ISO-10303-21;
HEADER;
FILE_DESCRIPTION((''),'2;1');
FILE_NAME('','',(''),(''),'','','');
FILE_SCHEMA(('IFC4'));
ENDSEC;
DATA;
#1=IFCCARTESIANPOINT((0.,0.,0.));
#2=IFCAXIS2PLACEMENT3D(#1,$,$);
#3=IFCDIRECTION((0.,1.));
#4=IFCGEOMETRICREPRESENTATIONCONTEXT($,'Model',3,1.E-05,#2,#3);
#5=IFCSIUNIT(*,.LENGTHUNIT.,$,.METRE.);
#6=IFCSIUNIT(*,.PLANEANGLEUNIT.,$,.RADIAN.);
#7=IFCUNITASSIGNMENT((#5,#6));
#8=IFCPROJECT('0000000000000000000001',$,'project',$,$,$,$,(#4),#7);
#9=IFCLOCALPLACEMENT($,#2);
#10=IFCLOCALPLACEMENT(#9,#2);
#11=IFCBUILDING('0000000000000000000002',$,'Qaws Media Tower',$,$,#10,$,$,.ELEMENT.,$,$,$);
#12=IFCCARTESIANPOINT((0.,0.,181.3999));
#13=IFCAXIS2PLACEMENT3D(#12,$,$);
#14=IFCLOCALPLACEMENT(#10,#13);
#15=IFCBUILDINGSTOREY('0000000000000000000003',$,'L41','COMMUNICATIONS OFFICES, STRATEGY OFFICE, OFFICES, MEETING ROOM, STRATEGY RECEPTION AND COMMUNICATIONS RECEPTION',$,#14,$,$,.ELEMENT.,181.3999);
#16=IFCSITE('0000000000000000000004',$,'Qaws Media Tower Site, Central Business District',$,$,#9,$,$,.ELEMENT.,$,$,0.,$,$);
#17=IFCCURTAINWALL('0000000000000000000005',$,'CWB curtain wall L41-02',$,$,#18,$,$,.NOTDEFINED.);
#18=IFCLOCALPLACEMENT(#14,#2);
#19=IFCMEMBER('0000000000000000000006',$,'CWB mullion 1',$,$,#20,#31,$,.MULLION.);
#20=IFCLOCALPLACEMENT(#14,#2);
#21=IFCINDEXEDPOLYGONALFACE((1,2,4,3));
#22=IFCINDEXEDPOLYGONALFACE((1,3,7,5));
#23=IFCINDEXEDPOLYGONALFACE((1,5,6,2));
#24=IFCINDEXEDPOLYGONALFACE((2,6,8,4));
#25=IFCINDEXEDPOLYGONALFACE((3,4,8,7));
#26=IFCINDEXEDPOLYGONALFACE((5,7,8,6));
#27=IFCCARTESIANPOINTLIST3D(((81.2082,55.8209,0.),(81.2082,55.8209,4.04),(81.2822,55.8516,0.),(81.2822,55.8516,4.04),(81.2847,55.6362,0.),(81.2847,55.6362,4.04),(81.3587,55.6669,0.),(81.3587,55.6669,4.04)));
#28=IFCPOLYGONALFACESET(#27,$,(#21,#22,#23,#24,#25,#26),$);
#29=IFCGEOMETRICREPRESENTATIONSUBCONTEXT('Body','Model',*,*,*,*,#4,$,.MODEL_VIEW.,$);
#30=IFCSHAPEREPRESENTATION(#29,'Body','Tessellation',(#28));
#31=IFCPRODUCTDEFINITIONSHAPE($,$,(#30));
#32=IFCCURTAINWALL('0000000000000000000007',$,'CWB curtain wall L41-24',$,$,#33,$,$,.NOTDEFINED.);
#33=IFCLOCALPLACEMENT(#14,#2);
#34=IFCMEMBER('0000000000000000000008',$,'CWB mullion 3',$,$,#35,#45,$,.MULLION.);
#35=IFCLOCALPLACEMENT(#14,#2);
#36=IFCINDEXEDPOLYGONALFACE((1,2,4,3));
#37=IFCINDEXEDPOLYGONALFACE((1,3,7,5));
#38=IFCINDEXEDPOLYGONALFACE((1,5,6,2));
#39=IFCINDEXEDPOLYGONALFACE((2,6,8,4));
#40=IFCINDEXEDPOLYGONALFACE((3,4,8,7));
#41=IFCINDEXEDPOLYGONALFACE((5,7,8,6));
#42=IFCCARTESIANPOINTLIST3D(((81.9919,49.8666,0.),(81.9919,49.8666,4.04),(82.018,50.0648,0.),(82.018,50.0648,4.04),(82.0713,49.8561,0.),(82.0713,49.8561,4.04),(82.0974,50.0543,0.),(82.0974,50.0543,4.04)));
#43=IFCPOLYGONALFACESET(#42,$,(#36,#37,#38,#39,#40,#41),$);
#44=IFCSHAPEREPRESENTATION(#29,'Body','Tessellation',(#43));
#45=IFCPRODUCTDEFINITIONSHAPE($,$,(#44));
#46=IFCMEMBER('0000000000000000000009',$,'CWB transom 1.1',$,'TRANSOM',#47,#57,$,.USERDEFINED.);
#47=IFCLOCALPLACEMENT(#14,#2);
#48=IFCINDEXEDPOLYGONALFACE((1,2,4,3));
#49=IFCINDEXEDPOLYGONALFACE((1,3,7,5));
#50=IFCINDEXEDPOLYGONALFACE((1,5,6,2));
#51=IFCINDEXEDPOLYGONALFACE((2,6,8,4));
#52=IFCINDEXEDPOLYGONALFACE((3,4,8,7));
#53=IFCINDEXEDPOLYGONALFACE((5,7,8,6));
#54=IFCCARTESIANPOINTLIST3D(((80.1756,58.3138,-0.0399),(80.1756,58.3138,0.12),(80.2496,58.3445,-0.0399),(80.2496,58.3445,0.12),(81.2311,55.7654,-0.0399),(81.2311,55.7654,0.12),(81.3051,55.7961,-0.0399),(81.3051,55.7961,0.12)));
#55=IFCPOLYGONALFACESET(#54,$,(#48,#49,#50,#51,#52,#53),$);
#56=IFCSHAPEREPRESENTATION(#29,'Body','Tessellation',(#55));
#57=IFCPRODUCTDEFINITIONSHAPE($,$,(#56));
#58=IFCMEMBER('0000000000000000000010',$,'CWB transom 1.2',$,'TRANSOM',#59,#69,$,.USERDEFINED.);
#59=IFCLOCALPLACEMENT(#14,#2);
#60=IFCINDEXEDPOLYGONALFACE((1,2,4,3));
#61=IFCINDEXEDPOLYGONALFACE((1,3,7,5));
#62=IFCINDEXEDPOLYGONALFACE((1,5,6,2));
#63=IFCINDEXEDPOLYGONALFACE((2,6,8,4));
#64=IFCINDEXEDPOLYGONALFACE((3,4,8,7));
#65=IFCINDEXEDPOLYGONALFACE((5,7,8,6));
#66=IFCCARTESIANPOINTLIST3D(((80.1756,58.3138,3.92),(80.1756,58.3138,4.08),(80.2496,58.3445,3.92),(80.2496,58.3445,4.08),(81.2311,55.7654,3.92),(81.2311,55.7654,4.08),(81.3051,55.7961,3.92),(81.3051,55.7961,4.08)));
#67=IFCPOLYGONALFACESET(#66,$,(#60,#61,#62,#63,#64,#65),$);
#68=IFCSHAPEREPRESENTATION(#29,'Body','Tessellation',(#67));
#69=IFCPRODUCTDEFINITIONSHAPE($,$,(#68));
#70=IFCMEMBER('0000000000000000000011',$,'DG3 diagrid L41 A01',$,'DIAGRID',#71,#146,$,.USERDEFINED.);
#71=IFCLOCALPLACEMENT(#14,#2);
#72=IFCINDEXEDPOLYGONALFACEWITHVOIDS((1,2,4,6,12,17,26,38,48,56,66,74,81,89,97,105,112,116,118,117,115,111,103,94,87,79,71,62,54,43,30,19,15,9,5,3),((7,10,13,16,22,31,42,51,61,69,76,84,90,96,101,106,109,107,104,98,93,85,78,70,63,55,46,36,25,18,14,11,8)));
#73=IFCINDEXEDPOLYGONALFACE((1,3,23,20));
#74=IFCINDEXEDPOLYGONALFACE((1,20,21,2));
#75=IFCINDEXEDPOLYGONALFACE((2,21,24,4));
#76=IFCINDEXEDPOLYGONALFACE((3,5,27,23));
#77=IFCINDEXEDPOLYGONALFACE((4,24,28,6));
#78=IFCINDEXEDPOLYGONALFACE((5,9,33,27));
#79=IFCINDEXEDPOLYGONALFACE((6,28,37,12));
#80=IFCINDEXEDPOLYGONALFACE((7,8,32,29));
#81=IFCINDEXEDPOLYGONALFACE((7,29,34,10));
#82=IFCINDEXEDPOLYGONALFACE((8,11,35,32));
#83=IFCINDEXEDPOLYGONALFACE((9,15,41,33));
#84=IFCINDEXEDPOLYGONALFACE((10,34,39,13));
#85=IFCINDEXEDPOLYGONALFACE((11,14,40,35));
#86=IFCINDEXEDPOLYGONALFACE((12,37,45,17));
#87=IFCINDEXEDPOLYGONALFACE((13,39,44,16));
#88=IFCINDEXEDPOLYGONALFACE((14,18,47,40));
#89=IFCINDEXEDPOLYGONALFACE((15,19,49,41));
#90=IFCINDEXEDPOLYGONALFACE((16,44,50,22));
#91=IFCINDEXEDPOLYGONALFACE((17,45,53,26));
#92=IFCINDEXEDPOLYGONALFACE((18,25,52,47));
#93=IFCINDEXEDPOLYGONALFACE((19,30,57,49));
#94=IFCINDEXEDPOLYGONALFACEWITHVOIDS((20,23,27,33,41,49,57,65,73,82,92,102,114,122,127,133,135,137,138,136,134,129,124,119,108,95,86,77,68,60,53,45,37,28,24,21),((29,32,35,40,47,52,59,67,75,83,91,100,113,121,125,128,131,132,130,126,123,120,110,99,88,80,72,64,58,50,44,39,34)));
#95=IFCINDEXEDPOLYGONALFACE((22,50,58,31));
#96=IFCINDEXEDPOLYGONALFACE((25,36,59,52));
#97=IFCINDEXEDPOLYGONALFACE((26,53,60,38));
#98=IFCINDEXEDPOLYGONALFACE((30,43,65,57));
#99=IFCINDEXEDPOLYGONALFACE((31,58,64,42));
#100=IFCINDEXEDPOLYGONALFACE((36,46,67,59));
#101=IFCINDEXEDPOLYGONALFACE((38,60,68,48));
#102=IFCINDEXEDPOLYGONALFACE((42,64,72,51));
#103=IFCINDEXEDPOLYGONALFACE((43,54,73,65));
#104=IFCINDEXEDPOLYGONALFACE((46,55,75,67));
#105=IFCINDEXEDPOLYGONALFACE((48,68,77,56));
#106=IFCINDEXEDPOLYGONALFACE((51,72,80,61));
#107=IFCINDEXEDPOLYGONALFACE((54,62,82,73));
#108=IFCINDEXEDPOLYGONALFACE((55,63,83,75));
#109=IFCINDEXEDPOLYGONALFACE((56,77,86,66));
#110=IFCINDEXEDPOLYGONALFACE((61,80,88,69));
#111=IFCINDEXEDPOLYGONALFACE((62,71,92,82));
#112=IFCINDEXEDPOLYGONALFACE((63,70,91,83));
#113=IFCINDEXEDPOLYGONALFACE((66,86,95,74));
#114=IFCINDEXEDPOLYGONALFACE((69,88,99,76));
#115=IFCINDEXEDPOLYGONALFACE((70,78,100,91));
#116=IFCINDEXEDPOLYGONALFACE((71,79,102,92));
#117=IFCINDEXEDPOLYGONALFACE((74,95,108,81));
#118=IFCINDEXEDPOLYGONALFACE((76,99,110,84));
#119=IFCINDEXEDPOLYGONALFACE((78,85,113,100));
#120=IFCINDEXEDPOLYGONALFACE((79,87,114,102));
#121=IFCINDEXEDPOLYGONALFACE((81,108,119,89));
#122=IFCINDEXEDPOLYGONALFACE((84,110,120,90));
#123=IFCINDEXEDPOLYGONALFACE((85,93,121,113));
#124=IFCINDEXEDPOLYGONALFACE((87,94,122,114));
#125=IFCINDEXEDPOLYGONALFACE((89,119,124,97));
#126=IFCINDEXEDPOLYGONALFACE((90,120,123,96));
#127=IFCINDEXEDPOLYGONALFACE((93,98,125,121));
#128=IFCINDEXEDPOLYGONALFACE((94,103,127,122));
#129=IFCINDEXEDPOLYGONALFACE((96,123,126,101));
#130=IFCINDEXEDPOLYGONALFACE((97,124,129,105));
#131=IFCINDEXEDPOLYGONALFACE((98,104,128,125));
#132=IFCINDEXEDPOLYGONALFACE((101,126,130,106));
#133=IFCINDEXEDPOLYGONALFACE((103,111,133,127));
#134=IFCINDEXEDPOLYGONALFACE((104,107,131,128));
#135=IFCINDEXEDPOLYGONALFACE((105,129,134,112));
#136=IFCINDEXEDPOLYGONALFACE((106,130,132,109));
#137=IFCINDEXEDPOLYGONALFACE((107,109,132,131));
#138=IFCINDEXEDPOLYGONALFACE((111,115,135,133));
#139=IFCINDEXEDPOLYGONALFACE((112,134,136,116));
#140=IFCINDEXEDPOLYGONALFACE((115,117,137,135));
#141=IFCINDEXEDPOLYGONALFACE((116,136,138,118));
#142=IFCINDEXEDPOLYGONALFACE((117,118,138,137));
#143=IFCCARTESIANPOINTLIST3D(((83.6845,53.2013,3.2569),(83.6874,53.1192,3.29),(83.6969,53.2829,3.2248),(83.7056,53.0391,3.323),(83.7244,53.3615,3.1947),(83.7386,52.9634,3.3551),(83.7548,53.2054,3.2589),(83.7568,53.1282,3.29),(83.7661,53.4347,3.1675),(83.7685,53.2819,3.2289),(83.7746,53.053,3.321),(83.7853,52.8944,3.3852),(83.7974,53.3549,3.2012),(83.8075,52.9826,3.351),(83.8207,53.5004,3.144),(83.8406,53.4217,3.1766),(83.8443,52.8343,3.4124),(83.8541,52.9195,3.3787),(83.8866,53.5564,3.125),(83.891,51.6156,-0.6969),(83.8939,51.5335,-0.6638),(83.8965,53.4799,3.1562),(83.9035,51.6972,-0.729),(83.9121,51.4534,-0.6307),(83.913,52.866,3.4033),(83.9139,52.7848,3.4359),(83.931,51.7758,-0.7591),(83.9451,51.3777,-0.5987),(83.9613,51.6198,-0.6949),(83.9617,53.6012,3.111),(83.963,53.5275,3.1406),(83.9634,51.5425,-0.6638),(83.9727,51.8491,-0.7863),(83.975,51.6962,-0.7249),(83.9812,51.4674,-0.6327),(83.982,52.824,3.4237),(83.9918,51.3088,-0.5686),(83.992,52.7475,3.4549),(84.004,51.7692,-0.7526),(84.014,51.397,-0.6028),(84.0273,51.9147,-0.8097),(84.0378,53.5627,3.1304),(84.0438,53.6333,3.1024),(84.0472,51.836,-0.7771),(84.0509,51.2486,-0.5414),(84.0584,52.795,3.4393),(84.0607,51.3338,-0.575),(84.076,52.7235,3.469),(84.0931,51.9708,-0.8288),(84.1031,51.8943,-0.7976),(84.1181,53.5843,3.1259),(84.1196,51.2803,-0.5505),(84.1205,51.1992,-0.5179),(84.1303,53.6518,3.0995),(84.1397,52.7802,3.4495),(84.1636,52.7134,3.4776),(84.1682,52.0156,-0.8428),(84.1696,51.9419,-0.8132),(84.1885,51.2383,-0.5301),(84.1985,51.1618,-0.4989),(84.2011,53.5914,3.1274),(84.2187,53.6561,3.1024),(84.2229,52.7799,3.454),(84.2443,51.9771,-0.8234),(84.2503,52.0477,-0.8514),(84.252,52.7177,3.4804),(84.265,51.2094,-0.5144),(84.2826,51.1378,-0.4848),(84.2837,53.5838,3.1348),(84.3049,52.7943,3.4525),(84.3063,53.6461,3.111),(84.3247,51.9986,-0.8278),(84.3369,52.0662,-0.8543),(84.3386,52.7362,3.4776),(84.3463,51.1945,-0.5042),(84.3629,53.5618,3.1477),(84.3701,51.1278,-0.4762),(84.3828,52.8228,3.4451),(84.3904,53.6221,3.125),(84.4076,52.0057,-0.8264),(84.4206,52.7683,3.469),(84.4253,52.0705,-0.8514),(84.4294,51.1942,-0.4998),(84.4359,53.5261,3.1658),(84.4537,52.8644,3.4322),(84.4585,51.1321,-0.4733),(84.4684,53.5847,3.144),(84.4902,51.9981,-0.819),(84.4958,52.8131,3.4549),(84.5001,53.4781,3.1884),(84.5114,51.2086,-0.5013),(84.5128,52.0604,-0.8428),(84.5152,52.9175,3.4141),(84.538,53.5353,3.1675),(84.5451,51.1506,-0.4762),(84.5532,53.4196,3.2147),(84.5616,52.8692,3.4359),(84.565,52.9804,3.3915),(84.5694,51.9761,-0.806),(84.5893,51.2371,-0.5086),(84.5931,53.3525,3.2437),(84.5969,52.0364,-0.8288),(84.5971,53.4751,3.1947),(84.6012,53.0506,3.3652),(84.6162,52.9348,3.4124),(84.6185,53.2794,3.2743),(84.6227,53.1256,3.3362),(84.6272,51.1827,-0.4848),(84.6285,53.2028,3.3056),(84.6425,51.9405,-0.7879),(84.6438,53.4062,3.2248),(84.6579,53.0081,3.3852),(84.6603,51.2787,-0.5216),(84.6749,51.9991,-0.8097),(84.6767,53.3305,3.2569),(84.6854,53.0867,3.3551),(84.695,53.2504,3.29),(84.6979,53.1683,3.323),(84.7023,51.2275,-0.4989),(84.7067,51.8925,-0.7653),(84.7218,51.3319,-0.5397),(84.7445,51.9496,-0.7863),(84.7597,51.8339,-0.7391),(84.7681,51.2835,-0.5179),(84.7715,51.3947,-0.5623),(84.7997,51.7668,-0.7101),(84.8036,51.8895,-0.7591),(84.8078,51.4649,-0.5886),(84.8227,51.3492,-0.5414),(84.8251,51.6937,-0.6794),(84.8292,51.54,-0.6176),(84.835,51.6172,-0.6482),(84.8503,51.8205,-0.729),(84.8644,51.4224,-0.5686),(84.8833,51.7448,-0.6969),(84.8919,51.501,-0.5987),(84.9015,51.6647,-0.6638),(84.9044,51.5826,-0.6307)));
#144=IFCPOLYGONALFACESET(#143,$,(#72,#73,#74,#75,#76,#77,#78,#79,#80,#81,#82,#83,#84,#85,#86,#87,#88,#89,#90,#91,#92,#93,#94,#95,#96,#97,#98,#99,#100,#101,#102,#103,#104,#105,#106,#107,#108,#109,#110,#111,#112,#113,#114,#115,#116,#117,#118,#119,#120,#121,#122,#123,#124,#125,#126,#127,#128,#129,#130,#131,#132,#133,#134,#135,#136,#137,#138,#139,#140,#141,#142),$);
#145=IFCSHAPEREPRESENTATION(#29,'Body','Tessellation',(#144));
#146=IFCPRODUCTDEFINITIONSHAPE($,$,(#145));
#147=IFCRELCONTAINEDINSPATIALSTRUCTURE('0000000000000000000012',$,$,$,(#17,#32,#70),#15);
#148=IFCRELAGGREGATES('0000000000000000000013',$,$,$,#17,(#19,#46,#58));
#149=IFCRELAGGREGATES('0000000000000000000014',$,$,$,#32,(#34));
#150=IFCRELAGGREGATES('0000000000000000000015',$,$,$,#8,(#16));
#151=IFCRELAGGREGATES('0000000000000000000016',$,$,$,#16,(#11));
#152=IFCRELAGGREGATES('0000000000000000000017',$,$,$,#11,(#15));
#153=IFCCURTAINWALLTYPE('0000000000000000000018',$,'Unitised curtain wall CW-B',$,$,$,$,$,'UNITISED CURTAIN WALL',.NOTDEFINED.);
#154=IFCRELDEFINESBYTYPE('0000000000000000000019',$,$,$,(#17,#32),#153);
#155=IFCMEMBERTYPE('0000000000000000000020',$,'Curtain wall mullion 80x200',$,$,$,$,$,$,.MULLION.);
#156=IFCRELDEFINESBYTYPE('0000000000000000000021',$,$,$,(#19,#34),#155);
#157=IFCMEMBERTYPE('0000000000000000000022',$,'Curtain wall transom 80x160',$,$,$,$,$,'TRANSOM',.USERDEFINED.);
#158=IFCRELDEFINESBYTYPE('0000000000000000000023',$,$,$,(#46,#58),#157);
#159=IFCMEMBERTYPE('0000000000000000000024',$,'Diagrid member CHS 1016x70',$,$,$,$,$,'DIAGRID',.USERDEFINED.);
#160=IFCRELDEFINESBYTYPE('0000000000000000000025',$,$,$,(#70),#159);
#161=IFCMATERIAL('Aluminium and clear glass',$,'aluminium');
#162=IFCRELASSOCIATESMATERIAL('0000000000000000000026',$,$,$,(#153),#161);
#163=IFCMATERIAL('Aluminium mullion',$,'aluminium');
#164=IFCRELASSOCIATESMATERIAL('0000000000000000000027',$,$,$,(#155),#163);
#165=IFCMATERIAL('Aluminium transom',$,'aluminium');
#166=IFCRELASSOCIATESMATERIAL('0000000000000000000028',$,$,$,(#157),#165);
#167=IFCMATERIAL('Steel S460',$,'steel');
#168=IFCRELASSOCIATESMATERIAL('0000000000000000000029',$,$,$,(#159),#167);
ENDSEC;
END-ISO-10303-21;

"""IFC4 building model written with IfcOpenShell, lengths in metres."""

from ifc_helpers import new_model, si_unit, direction, frame, origin, origin_2d, place, context, subcontext, project, spatial, rectangle, hollow_circle, extrude, material, material_profile, profile_set, type_object, element, aggregate, save


model = new_model("IFC4")

# Units and contexts
model_context = context("Model", 3, precision=1e-05, world=origin(), true_north=direction((0.0, 1.0)))
body_context = subcontext(model_context, "Body", "Model", "MODEL_VIEW")
ifc_project = project(units=[si_unit("LENGTHUNIT", "METRE"), si_unit("PLANEANGLEUNIT", "RADIAN")], contexts=[model_context])

# Site, building, storey
site_placement = place(None, origin())
site = spatial("IfcSite", under=ifc_project, at=site_placement, Name="Qaws Media Tower Site, Central Business District", CompositionType="ELEMENT", RefElevation=0.0)
building_placement = place(site_placement, origin())
building = spatial("IfcBuilding", under=site, at=building_placement, Name="Qaws Media Tower", CompositionType="ELEMENT")
storey_placement = place(building_placement, frame((0.0, 0.0, 181.3999)))
storey = spatial("IfcBuildingStorey", under=building, at=storey_placement, Name="L41", Description="COMMUNICATIONS OFFICES, STRATEGY OFFICE, OFFICES, MEETING ROOM, STRATEGY RECEPTION AND COMMUNICATIONS RECEPTION", CompositionType="ELEMENT", Elevation=181.3999)

# Curtain walls, members
ifc_material_1 = material(Name="Aluminium and clear glass", Category="aluminium")
curtain_wall_type = type_object("IfcCurtainWallType", Name="Unitised curtain wall CW-B", ElementType="UNITISED CURTAIN WALL", PredefinedType="NOTDEFINED", material=ifc_material_1)
curtain_wall_1_placement = place(storey_placement, origin())
curtain_wall_1 = element("IfcCurtainWall", 1, at=curtain_wall_1_placement, inside=storey, type_object=curtain_wall_type, Name="CWB curtain wall L41-02", PredefinedType="NOTDEFINED")
ifc_material_2 = material(Name="Aluminium mullion", Category="aluminium")
ifc_material_profile_1 = material_profile(ifc_material_2, rectangle(XDim=0.0801, YDim=0.2, at=origin_2d()), Name="80x200")
ifc_profile_set_1 = profile_set([ifc_material_profile_1], Name="Aluminium mullion")
member_type_1 = type_object("IfcMemberType", Name="Curtain wall mullion 80x200", PredefinedType="MULLION", material=ifc_profile_set_1)
member_1_placement = place(storey_placement, frame((81.2834, 55.7439, 0.0), z_axis=(0.0, 0.0, 1.0), x_axis=(-0.92388, -0.382683, 0.0)))
member_1 = element("IfcMember", 2, at=member_1_placement, type_object=member_type_1, Name="CWB mullion 1", PredefinedType="MULLION", context=body_context, shape_type="SweptSolid", body=[
    extrude(rectangle(XDim=0.0801, YDim=0.2, at=origin_2d()), origin(), (0.0, 0.0, 1.0), 4.04),
])
curtain_wall_2_placement = place(storey_placement, origin())
curtain_wall_2 = element("IfcCurtainWall", 3, at=curtain_wall_2_placement, inside=storey, type_object=curtain_wall_type, Name="CWB curtain wall L41-24", PredefinedType="NOTDEFINED")
member_2_placement = place(storey_placement, frame((82.0447, 49.9604, 0.0), z_axis=(0.0, 0.0, 1.0), x_axis=(-0.991445, 0.130526, 0.0)))
member_2 = element("IfcMember", 4, at=member_2_placement, type_object=member_type_1, Name="CWB mullion 3", PredefinedType="MULLION", context=body_context, shape_type="SweptSolid", body=[
    extrude(rectangle(XDim=0.0801, YDim=0.2, at=origin_2d()), origin(), (0.0, 0.0, 1.0), 4.04),
])

# Members
ifc_material_3 = material(Name="Aluminium transom", Category="aluminium")
ifc_material_profile_2 = material_profile(ifc_material_3, rectangle(XDim=0.0801, YDim=0.1599, at=origin_2d()), Name="80x160")
ifc_profile_set_2 = profile_set([ifc_material_profile_2], Name="Aluminium transom")
member_type_2 = type_object("IfcMemberType", Name="Curtain wall transom 80x160", ElementType="TRANSOM", PredefinedType="USERDEFINED", material=ifc_profile_set_2)
member_3_placement = place(storey_placement, frame((81.2681, 55.7808, 0.04), z_axis=(-0.382641, 0.923897, 0.0), x_axis=(-0.923897, -0.382641, 0.0)))
member_3 = element("IfcMember", 5, at=member_3_placement, type_object=member_type_2, Name="CWB transom 1.1", ObjectType="TRANSOM", PredefinedType="USERDEFINED", context=body_context, shape_type="SweptSolid", body=[
    extrude(rectangle(XDim=0.0801, YDim=0.1599, at=origin_2d()), origin(), (0.0, 0.0, 1.0), 2.7583),
])
member_4_placement = place(storey_placement, frame((81.2681, 55.7808, 4.0), z_axis=(-0.382641, 0.923897, 0.0), x_axis=(-0.923897, -0.382641, 0.0)))
member_4 = element("IfcMember", 6, at=member_4_placement, type_object=member_type_2, Name="CWB transom 1.2", ObjectType="TRANSOM", PredefinedType="USERDEFINED", context=body_context, shape_type="SweptSolid", body=[
    extrude(rectangle(XDim=0.0801, YDim=0.1599, at=origin_2d()), origin(), (0.0, 0.0, 1.0), 2.7583),
])

# Member
ifc_material_4 = material(Name="Steel S460", Category="steel")
ifc_material_profile_3 = material_profile(ifc_material_4, hollow_circle(Radius=0.5081, WallThickness=0.0701, at=origin_2d()), Name="CHS 1016x70")
ifc_profile_set_3 = profile_set([ifc_material_profile_3], Name="Steel S460")
member_type_3 = type_object("IfcMemberType", Name="Diagrid member CHS 1016x70", ElementType="DIAGRID", PredefinedType="USERDEFINED", material=ifc_profile_set_3)
for number, where, z_axis, x_axis, name in (
    (7, (84.3977, 51.5991, -0.6638), (-0.048428, 0.371794, 0.927051), (-0.991623, -0.129163, 0.0), "DG3 diagrid L41 A01"),
):
    element("IfcMember", number, at=place(storey_placement, frame(where, z_axis=z_axis, x_axis=x_axis)), inside=storey, type_object=member_type_3, Name=name, ObjectType="DIAGRID", PredefinedType="USERDEFINED", context=body_context, shape_type="SweptSolid", body=[
        extrude(hollow_circle(Radius=0.5081, WallThickness=0.0701, at=origin_2d()), origin(), (0.0, 0.0, 1.0), 4.2649),
    ])

aggregate(curtain_wall_1, [member_1, member_3, member_4])
aggregate(curtain_wall_2, [member_2])

save(model, "model.ifc")
